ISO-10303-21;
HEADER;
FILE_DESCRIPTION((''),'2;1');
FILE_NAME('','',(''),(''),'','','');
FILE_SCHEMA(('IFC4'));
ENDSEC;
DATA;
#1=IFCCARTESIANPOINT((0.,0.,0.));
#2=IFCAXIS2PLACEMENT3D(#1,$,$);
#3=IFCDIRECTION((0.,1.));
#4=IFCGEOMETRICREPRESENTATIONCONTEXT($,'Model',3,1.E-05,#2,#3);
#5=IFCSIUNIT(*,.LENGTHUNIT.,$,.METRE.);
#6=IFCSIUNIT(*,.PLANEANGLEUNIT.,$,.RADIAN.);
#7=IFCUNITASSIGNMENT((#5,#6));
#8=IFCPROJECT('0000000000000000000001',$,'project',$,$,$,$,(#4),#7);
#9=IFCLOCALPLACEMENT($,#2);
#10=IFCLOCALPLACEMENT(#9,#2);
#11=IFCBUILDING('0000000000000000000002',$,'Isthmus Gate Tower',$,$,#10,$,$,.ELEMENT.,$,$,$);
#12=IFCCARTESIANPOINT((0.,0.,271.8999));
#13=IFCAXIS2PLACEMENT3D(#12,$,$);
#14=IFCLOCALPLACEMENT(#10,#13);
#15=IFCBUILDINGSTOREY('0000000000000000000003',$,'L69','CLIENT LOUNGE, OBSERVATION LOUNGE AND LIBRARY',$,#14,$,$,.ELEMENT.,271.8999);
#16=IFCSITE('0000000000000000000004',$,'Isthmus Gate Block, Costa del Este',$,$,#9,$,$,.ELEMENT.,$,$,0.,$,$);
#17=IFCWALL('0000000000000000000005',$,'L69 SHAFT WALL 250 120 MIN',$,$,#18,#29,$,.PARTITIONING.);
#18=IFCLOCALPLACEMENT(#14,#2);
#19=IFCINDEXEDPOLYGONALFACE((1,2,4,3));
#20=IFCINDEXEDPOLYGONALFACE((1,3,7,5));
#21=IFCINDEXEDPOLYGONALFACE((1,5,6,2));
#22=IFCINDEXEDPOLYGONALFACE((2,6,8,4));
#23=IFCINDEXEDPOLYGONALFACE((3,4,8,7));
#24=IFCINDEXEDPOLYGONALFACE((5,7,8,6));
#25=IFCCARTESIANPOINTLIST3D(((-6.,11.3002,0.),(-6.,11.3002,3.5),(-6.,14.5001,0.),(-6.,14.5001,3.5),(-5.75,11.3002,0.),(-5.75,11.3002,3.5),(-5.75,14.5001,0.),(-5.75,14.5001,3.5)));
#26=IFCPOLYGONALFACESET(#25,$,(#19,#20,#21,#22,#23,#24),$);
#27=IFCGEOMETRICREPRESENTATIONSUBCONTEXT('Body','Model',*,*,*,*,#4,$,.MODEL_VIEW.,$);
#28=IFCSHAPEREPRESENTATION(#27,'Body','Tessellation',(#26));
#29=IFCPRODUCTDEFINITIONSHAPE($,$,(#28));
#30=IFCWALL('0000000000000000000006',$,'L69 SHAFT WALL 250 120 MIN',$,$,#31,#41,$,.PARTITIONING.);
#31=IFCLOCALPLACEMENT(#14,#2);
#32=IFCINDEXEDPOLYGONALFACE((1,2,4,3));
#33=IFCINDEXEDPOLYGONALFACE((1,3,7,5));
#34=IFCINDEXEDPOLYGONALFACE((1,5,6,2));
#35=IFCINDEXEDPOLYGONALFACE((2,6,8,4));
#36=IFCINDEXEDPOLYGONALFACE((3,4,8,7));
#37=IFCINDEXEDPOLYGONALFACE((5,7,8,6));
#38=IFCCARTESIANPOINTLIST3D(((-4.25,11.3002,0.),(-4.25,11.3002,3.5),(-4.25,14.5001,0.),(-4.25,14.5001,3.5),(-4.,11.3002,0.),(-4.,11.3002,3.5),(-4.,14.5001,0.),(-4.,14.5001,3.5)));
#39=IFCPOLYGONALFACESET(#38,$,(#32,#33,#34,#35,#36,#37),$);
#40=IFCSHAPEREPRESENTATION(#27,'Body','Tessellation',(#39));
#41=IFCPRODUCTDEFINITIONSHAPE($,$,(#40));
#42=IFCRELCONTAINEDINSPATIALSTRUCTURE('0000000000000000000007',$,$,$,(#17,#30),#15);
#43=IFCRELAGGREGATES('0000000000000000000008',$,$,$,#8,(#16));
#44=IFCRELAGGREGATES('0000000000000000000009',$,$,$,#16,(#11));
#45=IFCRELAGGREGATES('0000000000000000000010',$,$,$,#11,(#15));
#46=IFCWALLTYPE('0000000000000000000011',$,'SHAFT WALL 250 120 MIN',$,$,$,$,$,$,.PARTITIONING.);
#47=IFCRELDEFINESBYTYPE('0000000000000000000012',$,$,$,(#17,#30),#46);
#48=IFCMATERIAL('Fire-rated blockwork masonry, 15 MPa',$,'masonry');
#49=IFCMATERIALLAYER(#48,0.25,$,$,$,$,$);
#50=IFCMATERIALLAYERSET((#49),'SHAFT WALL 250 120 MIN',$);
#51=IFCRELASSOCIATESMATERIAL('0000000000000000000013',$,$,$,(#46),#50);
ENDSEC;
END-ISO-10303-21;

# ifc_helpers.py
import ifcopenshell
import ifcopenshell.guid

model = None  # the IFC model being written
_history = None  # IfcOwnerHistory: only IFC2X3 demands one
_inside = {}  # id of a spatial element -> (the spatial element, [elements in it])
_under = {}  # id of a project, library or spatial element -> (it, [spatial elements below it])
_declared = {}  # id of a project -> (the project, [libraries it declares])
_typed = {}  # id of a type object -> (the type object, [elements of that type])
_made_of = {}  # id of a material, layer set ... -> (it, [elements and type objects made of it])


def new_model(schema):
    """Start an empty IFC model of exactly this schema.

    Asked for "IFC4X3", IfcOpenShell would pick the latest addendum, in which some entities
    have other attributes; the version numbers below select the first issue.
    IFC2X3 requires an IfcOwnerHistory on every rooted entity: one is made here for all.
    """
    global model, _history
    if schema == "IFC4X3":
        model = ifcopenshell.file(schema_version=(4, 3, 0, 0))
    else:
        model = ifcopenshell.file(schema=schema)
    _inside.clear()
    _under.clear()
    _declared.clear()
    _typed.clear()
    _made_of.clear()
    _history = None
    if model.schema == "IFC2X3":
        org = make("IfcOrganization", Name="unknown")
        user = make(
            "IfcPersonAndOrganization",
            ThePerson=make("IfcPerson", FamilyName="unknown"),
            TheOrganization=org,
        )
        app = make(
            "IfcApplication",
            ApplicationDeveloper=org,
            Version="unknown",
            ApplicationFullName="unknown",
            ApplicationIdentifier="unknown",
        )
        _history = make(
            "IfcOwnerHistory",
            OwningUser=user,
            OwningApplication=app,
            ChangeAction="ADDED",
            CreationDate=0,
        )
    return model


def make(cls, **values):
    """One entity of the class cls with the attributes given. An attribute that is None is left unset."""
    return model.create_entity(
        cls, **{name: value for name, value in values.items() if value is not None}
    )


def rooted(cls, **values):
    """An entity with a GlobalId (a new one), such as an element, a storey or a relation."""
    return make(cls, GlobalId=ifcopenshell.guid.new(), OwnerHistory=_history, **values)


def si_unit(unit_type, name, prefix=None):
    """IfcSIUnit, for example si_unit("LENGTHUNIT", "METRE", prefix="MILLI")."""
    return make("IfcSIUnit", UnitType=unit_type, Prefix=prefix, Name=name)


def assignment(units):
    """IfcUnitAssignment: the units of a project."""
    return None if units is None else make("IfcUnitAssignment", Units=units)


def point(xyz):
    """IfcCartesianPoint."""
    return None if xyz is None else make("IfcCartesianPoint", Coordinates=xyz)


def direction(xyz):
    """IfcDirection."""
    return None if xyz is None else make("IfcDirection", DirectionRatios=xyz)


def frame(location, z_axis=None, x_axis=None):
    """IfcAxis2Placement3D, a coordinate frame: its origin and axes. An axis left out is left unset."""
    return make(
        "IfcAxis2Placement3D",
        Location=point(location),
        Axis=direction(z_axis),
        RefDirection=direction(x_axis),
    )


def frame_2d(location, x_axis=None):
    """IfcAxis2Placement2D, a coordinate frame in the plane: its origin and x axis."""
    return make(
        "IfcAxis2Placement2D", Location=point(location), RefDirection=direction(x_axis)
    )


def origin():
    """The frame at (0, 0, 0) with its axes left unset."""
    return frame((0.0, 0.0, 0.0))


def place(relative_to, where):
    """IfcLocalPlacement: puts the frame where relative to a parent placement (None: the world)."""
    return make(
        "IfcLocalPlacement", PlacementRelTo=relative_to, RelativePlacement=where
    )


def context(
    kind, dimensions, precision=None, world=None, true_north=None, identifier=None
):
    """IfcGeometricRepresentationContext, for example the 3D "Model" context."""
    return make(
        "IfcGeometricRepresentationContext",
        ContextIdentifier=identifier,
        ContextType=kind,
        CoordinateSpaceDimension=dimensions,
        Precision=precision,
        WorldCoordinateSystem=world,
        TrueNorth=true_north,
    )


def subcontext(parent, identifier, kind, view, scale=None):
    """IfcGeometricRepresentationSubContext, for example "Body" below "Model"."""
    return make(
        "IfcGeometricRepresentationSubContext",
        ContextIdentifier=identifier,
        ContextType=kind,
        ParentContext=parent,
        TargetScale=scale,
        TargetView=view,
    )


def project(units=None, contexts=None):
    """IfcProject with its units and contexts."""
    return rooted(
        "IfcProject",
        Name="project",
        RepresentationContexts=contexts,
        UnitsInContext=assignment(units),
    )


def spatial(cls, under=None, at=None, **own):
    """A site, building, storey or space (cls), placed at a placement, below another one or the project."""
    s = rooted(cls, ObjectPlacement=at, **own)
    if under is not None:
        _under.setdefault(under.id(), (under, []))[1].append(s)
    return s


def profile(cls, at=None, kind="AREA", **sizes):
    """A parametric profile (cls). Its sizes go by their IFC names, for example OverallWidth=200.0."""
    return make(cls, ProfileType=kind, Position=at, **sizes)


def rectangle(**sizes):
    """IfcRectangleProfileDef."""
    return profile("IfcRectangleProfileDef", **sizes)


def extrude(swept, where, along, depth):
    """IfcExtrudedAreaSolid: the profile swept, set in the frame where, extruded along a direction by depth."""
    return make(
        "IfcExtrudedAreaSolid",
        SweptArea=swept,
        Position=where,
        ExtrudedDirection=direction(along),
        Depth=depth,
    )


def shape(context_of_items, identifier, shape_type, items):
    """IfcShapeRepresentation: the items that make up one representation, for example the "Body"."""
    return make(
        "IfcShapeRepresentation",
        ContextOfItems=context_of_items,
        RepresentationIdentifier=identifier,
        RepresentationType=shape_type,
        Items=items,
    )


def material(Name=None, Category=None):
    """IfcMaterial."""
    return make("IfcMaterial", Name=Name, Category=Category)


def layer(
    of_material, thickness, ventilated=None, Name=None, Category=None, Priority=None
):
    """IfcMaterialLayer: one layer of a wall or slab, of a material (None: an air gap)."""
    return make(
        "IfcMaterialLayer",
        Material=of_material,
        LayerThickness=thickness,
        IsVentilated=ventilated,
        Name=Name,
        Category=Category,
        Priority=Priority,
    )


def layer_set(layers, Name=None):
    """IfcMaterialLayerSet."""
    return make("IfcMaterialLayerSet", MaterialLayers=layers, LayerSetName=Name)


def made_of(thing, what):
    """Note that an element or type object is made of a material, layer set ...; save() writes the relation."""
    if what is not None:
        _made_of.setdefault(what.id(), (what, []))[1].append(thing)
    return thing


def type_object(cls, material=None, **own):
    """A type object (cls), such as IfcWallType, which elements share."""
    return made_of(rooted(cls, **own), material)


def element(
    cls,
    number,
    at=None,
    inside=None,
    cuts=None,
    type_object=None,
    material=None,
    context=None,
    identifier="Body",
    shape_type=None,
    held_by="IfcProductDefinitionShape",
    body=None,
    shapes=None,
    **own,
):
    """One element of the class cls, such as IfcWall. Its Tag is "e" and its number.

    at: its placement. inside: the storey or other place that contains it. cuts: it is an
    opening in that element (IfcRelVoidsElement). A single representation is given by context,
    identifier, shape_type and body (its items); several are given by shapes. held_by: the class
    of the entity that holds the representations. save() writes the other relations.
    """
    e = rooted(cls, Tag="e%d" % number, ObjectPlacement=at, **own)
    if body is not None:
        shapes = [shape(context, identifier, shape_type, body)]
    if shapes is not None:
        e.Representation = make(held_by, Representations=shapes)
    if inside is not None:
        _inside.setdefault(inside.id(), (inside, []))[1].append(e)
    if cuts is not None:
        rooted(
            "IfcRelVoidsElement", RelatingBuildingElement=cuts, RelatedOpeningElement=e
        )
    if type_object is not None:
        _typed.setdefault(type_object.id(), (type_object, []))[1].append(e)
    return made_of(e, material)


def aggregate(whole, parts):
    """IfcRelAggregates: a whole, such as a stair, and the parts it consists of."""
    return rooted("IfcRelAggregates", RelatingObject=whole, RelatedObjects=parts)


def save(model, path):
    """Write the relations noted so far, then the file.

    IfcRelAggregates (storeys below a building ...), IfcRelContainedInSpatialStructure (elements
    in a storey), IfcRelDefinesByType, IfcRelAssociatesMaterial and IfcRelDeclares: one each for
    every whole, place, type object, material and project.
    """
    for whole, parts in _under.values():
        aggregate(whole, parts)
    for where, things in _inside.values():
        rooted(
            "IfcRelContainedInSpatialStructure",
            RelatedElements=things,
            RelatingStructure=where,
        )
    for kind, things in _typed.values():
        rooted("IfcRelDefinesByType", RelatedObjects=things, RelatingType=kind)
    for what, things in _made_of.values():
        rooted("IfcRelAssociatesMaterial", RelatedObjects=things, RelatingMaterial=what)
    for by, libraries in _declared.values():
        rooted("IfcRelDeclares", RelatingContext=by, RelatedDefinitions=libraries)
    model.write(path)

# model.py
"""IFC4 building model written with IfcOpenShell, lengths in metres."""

from ifc_helpers import new_model, si_unit, direction, frame, frame_2d, origin, place, context, subcontext, project, spatial, rectangle, extrude, material, layer, layer_set, type_object, element, save


model = new_model("IFC4")

# Units and contexts
model_context = context("Model", 3, precision=1e-05, world=origin(), true_north=direction((0.0, 1.0)))
body_context = subcontext(model_context, "Body", "Model", "MODEL_VIEW")
ifc_project = project(units=[si_unit("LENGTHUNIT", "METRE"), si_unit("PLANEANGLEUNIT", "RADIAN")], contexts=[model_context])

# Site, building, storey
site_placement = place(None, origin())
site = spatial("IfcSite", under=ifc_project, at=site_placement, Name="Isthmus Gate Block, Costa del Este", CompositionType="ELEMENT", RefElevation=0.0)
building_placement = place(site_placement, origin())
building = spatial("IfcBuilding", under=site, at=building_placement, Name="Isthmus Gate Tower", CompositionType="ELEMENT")
storey_placement = place(building_placement, frame((0.0, 0.0, 271.8999)))
storey = spatial("IfcBuildingStorey", under=building, at=storey_placement, Name="L69", Description="CLIENT LOUNGE, OBSERVATION LOUNGE AND LIBRARY", CompositionType="ELEMENT", Elevation=271.8999)

# Walls
ifc_material_1 = material(Name="Fire-rated blockwork masonry, 15 MPa", Category="masonry")
ifc_layer_1 = layer(ifc_material_1, 0.25)
ifc_layer_set_1 = layer_set([ifc_layer_1], Name="SHAFT WALL 250 120 MIN")
wall_type_1 = type_object("IfcWallType", Name="SHAFT WALL 250 120 MIN", PredefinedType="PARTITIONING", material=ifc_layer_set_1)
for number, where, z_axis, x_axis, name in (
    (1, (-5.875, 11.3, 0.0), (0.0, 0.0, 1.0), (0.0, 1.0, 0.0), "L69 SHAFT WALL 250 120 MIN"),
    (2, (-4.125, 11.3, 0.0), (0.0, 0.0, 1.0), (0.0, 1.0, 0.0), "L69 SHAFT WALL 250 120 MIN"),
):
    element("IfcWall", number, at=place(storey_placement, frame(where, z_axis=z_axis, x_axis=x_axis)), inside=storey, type_object=wall_type_1, Name=name, PredefinedType="PARTITIONING", context=body_context, shape_type="SweptSolid", body=[
        extrude(rectangle(XDim=3.2, YDim=0.25, at=frame_2d((1.6001, 0.0))), origin(), (0.0, 0.0, 1.0), 3.5),
    ])

save(model, "model.ifc")
